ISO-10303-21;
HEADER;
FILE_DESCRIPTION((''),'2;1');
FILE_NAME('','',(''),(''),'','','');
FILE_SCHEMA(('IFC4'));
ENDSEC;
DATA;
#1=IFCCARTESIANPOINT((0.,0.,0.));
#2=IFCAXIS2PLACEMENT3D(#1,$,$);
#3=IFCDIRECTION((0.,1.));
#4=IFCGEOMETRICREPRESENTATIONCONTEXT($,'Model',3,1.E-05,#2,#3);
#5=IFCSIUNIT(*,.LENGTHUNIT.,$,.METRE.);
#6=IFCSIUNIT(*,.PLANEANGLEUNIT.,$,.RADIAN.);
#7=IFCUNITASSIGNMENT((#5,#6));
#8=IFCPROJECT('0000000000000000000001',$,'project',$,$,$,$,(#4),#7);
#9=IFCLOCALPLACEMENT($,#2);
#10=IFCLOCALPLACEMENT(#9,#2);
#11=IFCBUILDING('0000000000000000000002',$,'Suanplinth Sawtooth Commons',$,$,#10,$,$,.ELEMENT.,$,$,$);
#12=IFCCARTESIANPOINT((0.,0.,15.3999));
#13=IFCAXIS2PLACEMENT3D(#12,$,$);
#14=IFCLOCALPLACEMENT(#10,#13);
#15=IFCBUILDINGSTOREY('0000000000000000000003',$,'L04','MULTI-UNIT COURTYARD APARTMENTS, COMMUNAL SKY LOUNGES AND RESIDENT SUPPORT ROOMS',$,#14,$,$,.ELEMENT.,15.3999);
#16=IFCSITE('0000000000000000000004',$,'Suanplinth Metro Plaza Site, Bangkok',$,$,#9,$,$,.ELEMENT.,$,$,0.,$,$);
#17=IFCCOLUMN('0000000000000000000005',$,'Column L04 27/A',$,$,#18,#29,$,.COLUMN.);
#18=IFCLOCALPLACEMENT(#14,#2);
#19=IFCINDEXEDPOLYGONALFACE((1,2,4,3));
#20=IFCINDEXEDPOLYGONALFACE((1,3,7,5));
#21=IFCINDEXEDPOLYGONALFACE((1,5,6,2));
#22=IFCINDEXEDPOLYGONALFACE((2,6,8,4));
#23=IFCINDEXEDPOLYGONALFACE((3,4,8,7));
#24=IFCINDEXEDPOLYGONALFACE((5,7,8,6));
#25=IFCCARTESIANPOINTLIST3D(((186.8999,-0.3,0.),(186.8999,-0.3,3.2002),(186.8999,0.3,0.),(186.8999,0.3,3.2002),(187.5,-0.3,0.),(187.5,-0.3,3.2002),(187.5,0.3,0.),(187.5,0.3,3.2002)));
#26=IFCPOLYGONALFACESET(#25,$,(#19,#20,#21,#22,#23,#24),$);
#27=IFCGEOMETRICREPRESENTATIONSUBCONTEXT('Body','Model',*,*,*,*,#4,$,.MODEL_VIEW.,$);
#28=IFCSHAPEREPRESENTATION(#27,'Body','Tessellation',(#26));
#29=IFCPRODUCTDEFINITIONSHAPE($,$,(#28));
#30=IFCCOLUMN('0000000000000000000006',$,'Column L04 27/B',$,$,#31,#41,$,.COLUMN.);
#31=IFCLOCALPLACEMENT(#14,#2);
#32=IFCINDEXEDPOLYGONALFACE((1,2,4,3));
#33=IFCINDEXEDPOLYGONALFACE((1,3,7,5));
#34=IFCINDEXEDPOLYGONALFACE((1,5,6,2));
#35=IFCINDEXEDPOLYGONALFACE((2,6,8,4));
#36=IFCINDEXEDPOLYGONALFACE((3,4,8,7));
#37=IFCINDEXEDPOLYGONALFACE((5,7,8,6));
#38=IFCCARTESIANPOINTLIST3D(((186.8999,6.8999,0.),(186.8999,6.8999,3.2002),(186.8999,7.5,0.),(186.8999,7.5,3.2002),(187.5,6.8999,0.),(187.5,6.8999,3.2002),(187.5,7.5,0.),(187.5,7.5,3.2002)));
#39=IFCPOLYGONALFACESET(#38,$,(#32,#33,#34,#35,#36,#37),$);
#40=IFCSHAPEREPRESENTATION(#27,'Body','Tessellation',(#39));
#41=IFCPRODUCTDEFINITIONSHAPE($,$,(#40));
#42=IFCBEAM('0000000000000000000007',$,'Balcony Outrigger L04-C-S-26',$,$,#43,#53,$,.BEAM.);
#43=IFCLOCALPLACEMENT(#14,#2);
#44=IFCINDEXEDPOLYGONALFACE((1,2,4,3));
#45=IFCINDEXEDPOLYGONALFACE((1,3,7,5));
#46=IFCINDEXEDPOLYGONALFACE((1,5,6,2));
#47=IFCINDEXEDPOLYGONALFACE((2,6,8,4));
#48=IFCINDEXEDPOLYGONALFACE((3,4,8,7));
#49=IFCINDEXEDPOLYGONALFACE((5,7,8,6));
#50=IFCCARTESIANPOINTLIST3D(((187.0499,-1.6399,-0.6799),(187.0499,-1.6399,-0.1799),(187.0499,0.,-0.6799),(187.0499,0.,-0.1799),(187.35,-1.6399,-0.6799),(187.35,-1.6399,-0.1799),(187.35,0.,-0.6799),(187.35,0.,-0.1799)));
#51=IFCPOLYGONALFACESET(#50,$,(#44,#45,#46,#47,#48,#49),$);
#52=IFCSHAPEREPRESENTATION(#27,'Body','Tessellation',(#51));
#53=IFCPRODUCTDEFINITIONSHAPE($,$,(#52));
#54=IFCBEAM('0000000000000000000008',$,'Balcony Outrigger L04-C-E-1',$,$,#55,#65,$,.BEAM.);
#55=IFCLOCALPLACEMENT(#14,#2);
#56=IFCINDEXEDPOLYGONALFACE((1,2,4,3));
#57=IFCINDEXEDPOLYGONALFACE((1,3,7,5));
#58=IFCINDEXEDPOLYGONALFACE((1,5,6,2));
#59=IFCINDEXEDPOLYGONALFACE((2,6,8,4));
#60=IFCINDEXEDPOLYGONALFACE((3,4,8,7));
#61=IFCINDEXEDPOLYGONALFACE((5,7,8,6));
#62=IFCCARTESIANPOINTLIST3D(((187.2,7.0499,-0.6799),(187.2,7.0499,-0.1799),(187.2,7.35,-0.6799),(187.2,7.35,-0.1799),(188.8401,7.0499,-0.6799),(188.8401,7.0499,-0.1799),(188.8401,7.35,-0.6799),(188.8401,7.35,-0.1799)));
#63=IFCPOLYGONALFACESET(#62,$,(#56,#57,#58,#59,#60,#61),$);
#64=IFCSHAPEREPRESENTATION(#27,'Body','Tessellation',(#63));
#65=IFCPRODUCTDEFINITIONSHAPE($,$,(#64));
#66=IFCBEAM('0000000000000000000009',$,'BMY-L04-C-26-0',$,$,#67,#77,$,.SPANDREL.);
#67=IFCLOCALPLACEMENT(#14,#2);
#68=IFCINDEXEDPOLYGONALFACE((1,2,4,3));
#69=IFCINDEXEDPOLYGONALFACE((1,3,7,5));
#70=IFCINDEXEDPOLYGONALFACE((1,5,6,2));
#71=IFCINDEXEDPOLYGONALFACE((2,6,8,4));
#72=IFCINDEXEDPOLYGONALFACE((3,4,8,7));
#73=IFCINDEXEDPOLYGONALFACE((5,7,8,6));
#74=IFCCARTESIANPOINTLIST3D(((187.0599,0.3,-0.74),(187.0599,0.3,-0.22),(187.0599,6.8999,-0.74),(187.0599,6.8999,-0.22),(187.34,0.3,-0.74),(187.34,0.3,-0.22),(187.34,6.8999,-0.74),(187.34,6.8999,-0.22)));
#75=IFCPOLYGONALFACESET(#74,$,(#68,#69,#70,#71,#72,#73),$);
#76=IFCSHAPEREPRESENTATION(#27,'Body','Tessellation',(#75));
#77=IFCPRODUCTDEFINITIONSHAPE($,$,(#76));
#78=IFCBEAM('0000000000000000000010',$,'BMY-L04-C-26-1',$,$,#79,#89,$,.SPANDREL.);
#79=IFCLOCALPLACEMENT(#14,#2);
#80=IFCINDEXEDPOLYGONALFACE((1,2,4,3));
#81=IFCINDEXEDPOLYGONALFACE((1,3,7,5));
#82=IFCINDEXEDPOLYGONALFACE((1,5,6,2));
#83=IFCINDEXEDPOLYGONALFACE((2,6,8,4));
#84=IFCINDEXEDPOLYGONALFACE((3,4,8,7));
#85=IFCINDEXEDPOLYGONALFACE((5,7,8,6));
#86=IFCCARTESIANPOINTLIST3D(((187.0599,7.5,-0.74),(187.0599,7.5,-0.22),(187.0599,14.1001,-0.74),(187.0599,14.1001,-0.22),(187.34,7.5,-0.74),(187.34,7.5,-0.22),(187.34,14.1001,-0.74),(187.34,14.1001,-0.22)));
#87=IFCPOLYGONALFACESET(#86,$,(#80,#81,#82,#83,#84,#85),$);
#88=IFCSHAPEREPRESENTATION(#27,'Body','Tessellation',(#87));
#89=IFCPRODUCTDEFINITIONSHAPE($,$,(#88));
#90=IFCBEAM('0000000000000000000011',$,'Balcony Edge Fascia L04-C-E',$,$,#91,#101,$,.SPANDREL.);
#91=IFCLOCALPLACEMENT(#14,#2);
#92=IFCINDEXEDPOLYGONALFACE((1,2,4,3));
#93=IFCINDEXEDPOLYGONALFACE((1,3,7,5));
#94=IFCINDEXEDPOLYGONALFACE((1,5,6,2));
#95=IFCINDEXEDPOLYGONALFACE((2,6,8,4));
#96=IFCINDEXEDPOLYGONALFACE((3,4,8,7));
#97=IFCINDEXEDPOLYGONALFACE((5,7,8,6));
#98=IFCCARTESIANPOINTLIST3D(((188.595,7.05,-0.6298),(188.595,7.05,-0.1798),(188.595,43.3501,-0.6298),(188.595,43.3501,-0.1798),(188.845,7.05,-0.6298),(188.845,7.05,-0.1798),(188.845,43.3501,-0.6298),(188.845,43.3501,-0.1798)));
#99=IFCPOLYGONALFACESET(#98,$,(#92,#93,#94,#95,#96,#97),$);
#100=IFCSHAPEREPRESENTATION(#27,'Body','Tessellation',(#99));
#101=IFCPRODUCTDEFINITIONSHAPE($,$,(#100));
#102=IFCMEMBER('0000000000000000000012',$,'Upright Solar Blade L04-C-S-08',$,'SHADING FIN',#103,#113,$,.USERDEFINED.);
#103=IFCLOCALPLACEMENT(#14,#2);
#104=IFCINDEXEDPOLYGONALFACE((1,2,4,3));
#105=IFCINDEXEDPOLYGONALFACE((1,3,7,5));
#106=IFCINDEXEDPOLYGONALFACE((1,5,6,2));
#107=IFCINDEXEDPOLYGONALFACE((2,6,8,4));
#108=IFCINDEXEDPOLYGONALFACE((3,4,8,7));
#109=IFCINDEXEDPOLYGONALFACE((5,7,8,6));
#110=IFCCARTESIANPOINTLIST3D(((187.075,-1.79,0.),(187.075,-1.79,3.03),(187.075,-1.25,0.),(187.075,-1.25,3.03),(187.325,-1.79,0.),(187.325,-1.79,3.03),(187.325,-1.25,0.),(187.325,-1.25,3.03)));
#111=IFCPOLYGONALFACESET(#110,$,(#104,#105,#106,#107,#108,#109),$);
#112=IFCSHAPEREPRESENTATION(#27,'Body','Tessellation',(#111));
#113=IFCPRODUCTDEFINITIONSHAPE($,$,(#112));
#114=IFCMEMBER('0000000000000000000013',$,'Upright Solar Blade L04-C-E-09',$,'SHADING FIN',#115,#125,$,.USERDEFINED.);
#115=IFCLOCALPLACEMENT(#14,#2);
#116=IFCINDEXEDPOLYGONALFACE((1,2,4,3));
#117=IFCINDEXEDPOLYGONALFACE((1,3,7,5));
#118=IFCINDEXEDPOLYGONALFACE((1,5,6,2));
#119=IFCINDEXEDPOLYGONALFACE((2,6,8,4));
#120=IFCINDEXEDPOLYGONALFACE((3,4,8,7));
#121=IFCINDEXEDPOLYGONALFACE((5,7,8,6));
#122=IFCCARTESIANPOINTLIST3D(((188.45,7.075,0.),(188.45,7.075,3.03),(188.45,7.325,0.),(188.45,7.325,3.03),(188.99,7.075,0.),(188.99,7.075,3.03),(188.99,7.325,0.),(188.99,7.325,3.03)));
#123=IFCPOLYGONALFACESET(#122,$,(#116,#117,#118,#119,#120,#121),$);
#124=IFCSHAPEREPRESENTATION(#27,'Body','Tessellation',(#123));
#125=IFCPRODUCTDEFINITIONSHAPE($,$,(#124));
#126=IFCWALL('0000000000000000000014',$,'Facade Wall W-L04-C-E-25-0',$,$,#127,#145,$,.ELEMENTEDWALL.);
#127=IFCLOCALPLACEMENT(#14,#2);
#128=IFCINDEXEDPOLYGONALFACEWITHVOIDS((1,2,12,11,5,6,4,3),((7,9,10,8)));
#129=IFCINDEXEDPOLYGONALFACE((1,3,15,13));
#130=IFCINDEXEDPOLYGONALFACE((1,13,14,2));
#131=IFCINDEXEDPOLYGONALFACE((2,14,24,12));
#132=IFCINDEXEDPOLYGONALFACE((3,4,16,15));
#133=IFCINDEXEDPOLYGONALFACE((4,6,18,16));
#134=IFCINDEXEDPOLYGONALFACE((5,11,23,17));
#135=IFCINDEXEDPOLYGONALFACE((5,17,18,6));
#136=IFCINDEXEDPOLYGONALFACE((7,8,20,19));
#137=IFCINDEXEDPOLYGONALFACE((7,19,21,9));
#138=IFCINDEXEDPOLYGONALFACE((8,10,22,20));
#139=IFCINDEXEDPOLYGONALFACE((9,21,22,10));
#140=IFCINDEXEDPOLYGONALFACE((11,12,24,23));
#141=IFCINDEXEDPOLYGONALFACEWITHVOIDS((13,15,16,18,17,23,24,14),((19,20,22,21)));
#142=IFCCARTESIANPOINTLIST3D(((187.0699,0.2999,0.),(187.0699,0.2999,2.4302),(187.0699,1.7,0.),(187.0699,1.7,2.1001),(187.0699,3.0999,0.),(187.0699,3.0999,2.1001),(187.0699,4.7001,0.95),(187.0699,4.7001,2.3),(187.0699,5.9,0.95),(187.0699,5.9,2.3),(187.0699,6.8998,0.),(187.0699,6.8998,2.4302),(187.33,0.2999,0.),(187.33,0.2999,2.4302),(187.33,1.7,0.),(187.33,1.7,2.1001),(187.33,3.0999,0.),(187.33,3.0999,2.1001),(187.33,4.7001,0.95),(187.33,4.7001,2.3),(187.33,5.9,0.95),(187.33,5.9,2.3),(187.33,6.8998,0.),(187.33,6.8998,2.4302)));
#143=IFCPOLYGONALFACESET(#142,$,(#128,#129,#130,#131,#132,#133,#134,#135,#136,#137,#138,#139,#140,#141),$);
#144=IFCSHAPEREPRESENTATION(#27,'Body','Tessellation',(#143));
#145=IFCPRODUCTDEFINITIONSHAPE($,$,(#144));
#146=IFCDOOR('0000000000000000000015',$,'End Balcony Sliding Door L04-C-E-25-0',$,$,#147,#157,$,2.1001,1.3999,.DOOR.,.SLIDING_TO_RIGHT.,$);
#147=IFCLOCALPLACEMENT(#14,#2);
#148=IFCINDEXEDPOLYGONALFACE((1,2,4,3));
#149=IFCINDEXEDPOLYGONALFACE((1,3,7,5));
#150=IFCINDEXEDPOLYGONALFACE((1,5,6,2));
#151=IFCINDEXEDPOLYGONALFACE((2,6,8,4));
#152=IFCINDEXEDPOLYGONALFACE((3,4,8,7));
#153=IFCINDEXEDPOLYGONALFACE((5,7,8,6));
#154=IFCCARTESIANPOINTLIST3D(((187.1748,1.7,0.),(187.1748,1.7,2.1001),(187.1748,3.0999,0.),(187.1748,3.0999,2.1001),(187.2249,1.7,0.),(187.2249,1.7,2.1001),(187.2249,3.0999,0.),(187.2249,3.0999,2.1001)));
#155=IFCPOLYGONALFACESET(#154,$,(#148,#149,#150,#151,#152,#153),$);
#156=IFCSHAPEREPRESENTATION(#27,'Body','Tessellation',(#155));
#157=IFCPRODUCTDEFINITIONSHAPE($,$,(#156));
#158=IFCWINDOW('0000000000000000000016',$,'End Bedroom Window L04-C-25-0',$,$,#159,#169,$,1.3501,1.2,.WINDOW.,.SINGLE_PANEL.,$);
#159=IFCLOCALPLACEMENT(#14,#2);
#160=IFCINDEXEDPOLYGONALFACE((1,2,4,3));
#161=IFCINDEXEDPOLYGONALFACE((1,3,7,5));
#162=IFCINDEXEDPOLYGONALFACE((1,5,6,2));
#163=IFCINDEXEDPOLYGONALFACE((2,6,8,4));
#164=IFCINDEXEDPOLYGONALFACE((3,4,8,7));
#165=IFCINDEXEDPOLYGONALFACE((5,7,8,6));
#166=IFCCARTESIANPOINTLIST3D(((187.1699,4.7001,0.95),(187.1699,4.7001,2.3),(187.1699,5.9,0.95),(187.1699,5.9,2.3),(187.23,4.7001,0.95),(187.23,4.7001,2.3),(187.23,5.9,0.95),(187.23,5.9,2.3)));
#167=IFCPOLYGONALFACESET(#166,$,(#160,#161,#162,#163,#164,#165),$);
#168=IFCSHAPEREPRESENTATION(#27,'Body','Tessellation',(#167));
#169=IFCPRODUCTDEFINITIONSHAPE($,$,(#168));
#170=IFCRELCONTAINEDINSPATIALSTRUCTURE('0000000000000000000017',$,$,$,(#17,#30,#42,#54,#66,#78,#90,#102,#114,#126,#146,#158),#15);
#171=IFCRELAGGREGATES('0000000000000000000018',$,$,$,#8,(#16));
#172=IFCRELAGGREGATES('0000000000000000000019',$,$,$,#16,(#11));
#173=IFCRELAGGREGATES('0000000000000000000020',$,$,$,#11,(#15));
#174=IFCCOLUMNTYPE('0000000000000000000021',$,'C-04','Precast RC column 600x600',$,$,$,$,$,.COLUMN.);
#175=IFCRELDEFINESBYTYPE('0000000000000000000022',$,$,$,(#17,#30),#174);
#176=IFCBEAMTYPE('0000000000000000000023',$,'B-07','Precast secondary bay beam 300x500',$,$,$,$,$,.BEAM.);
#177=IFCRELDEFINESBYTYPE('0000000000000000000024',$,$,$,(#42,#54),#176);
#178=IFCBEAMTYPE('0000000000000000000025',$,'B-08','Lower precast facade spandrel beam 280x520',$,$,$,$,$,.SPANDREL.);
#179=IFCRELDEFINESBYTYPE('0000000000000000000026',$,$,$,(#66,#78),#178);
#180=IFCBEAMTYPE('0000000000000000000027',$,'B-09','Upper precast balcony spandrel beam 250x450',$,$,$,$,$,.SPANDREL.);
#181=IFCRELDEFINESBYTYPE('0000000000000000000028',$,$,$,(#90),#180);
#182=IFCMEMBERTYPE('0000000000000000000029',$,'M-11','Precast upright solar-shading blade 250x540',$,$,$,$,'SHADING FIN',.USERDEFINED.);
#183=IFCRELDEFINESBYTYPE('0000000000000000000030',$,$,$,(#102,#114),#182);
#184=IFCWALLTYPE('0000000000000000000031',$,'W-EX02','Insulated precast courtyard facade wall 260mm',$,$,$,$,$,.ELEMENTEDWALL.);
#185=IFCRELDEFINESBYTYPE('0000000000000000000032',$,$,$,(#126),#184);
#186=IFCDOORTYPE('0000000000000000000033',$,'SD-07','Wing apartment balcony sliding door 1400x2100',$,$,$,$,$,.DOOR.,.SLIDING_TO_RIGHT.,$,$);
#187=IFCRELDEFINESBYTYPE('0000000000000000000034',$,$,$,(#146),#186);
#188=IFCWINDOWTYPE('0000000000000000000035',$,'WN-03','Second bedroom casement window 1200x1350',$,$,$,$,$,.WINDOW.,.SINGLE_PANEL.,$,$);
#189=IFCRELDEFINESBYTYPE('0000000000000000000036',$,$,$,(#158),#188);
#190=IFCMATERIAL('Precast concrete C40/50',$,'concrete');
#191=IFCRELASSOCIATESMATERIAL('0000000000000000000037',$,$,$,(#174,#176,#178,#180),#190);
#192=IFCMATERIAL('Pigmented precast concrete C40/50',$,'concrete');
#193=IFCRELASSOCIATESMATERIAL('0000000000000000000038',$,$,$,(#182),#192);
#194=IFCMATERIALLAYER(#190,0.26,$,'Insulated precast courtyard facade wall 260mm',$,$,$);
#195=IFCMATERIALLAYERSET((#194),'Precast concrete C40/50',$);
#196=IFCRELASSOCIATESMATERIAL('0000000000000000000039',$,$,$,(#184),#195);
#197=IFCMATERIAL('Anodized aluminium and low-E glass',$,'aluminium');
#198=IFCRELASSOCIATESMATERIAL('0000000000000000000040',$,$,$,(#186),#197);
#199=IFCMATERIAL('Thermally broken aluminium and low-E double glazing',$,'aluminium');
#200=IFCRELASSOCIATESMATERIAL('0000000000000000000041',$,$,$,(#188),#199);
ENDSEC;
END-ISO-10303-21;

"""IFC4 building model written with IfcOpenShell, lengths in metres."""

from ifc_helpers import new_model, si_unit, direction, frame, frame_2d, origin, origin_2d, place, context, subcontext, project, spatial, rectangle, extrude, material, layer, layer_set, material_profile, profile_set, type_object, element, fill, save


model = new_model("IFC4")

# Units and contexts
model_context = context("Model", 3, precision=1e-05, world=origin(), true_north=direction((0.0, 1.0)))
body_context = subcontext(model_context, "Body", "Model", "MODEL_VIEW")
ifc_project = project(units=[si_unit("LENGTHUNIT", "METRE"), si_unit("PLANEANGLEUNIT", "RADIAN")], contexts=[model_context])

# Site, building, storey
site_placement = place(None, origin())
site = spatial("IfcSite", under=ifc_project, at=site_placement, Name="Suanplinth Metro Plaza Site, Bangkok", CompositionType="ELEMENT", RefElevation=0.0)
building_placement = place(site_placement, origin())
building = spatial("IfcBuilding", under=site, at=building_placement, Name="Suanplinth Sawtooth Commons", CompositionType="ELEMENT")
storey_placement = place(building_placement, frame((0.0, 0.0, 15.3999)))
storey = spatial("IfcBuildingStorey", under=building, at=storey_placement, Name="L04", Description="MULTI-UNIT COURTYARD APARTMENTS, COMMUNAL SKY LOUNGES AND RESIDENT SUPPORT ROOMS", CompositionType="ELEMENT", Elevation=15.3999)

# Columns
ifc_material_1 = material(Name="Precast concrete C40/50", Category="concrete")
ifc_material_profile_1 = material_profile(ifc_material_1, rectangle(XDim=0.6001, YDim=0.6001, at=origin_2d()), Name="PC-COL 600x600")
ifc_profile_set_1 = profile_set([ifc_material_profile_1], Name="Precast concrete C40/50")
column_type = type_object("IfcColumnType", Name="C-04", Description="Precast RC column 600x600", PredefinedType="COLUMN", material=ifc_profile_set_1)
for number, where, z_axis, x_axis, name in (
    (1, (187.2, 0.0, 0.0), (0.0, 0.0, 1.0), (1.0, 0.0, 0.0), "Column L04 27/A"),
    (2, (187.2, 7.2, 0.0), (0.0, 0.0, 1.0), (1.0, 0.0, 0.0), "Column L04 27/B"),
):
    element("IfcColumn", number, at=place(storey_placement, frame(where, z_axis=z_axis, x_axis=x_axis)), inside=storey, type_object=column_type, Name=name, PredefinedType="COLUMN", context=body_context, shape_type="SweptSolid", body=[
        extrude(rectangle(XDim=0.6001, YDim=0.6001, at=origin_2d()), origin(), (0.0, 0.0, 1.0), 3.2002),
    ])

# Beams
ifc_material_profile_2 = material_profile(ifc_material_1, rectangle(XDim=0.3, YDim=0.5, at=origin_2d()), Name="PC-BM 300x500")
ifc_profile_set_2 = profile_set([ifc_material_profile_2], Name="Precast concrete C40/50")
beam_type_1 = type_object("IfcBeamType", Name="B-07", Description="Precast secondary bay beam 300x500", PredefinedType="BEAM", material=ifc_profile_set_2)
beam_1_placement = place(storey_placement, frame((187.2, 0.0, -0.4299), z_axis=(0.0, -1.0, 0.0), x_axis=(1.0, 0.0, 0.0)))
element("IfcBeam", 3, at=beam_1_placement, inside=storey, type_object=beam_type_1, Name="Balcony Outrigger L04-C-S-26", PredefinedType="BEAM", context=body_context, shape_type="SweptSolid", body=[
    extrude(rectangle(XDim=0.3, YDim=0.5, at=origin_2d()), origin(), (0.0, 0.0, 1.0), 1.6399),
])
beam_2_placement = place(storey_placement, frame((187.2, 7.2, -0.4299), z_axis=(1.0, 0.0, 0.0), x_axis=(0.0, 1.0, 0.0)))
element("IfcBeam", 4, at=beam_2_placement, inside=storey, type_object=beam_type_1, Name="Balcony Outrigger L04-C-E-1", PredefinedType="BEAM", context=body_context, shape_type="SweptSolid", body=[
    extrude(rectangle(XDim=0.3, YDim=0.5, at=origin_2d()), origin(), (0.0, 0.0, 1.0), 1.6401),
])
ifc_material_profile_3 = material_profile(ifc_material_1, rectangle(XDim=0.28, YDim=0.52, at=origin_2d()), Name="PC-SP 280x520")
ifc_profile_set_3 = profile_set([ifc_material_profile_3], Name="Precast concrete C40/50")
beam_type_2 = type_object("IfcBeamType", Name="B-08", Description="Lower precast facade spandrel beam 280x520", PredefinedType="SPANDREL", material=ifc_profile_set_3)
beam_3_placement = place(storey_placement, frame((187.2, 0.3, -0.48), z_axis=(0.0, 1.0, 0.0), x_axis=(-1.0, 0.0, 0.0)))
element("IfcBeam", 5, at=beam_3_placement, inside=storey, type_object=beam_type_2, Name="BMY-L04-C-26-0", PredefinedType="SPANDREL", context=body_context, shape_type="SweptSolid", body=[
    extrude(rectangle(XDim=0.28, YDim=0.52, at=origin_2d()), origin(), (0.0, 0.0, 1.0), 6.5999),
])
beam_4_placement = place(storey_placement, frame((187.2, 7.5, -0.48), z_axis=(0.0, 1.0, 0.0), x_axis=(-1.0, 0.0, 0.0)))
element("IfcBeam", 6, at=beam_4_placement, inside=storey, type_object=beam_type_2, Name="BMY-L04-C-26-1", PredefinedType="SPANDREL", context=body_context, shape_type="SweptSolid", body=[
    extrude(rectangle(XDim=0.28, YDim=0.52, at=origin_2d()), origin(), (0.0, 0.0, 1.0), 6.6001),
])
ifc_material_profile_4 = material_profile(ifc_material_1, rectangle(XDim=0.25, YDim=0.45, at=origin_2d()), Name="PC-SP 250x450")
ifc_profile_set_4 = profile_set([ifc_material_profile_4], Name="Precast concrete C40/50")
beam_type_3 = type_object("IfcBeamType", Name="B-09", Description="Upper precast balcony spandrel beam 250x450", PredefinedType="SPANDREL", material=ifc_profile_set_4)
beam_5_placement = place(storey_placement, frame((188.72, 7.05, -0.4048), z_axis=(0.0, 1.0, 0.0), x_axis=(-1.0, 0.0, 0.0)))
element("IfcBeam", 7, at=beam_5_placement, inside=storey, type_object=beam_type_3, Name="Balcony Edge Fascia L04-C-E", PredefinedType="SPANDREL", context=body_context, shape_type="SweptSolid", body=[
    extrude(rectangle(XDim=0.25, YDim=0.45, at=origin_2d()), origin(), (0.0, 0.0, 1.0), 36.3),
])

# Members
ifc_material_2 = material(Name="Pigmented precast concrete C40/50", Category="concrete")
ifc_material_profile_5 = material_profile(ifc_material_2, rectangle(XDim=0.25, YDim=0.54, at=origin_2d()), Name="PC-FIN 250x540")
ifc_profile_set_5 = profile_set([ifc_material_profile_5], Name="Pigmented precast concrete C40/50")
member_type = type_object("IfcMemberType", Name="M-11", Description="Precast upright solar-shading blade 250x540", ElementType="SHADING FIN", PredefinedType="USERDEFINED", material=ifc_profile_set_5)
for number, where, z_axis, x_axis, name in (
    (8, (187.2, -1.52, 0.0), (0.0, 0.0, 1.0), (1.0, 0.0, 0.0), "Upright Solar Blade L04-C-S-08"),
    (9, (188.72, 7.2, 0.0), (0.0, 0.0, 1.0), (0.0, 1.0, 0.0), "Upright Solar Blade L04-C-E-09"),
):
    element("IfcMember", number, at=place(storey_placement, frame(where, z_axis=z_axis, x_axis=x_axis)), inside=storey, type_object=member_type, Name=name, ObjectType="SHADING FIN", PredefinedType="USERDEFINED", context=body_context, shape_type="SweptSolid", body=[
        extrude(rectangle(XDim=0.25, YDim=0.54, at=origin_2d()), origin(), (0.0, 0.0, 1.0), 3.03),
    ])

# Wall, openings, door, window
ifc_layer_1 = layer(ifc_material_1, 0.26, Name="Insulated precast courtyard facade wall 260mm")
ifc_layer_set_1 = layer_set([ifc_layer_1], Name="Precast concrete C40/50")
wall_type_1 = type_object("IfcWallType", Name="W-EX02", Description="Insulated precast courtyard facade wall 260mm", PredefinedType="ELEMENTEDWALL", material=ifc_layer_set_1)
wall_1_placement = place(storey_placement, frame((187.2, 0.3, 0.0), z_axis=(0.0, 0.0, 1.0), x_axis=(0.0, 1.0, 0.0)))
wall_1 = element("IfcWall", 10, at=wall_1_placement, inside=storey, type_object=wall_type_1, Name="Facade Wall W-L04-C-E-25-0", PredefinedType="ELEMENTEDWALL", context=body_context, shape_type="SweptSolid", body=[
    extrude(rectangle(XDim=6.5999, YDim=0.26, at=frame_2d((3.2998, 0.0))), origin(), (0.0, 0.0, 1.0), 2.4302),
])
opening_1_placement = place(wall_1_placement, frame((1.3999, 0.0, 0.0)))
opening_1 = element("IfcOpeningElement", 11, at=opening_1_placement, cuts=wall_1, PredefinedType="OPENING", context=body_context, shape_type="SweptSolid", body=[
    extrude(rectangle(XDim=1.3999, YDim=2.1001, at=frame_2d((0.7, 1.05))), frame((0.0, 0.145, 0.0), z_axis=(0.0, -1.0, 0.0), x_axis=(1.0, 0.0, 0.0)), (0.0, 0.0, 1.0), 0.2898),
])
opening_2_placement = place(wall_1_placement, frame((4.3999, 0.0, 0.95)))
opening_2 = element("IfcOpeningElement", 12, at=opening_2_placement, cuts=wall_1, PredefinedType="OPENING", context=body_context, shape_type="SweptSolid", body=[
    extrude(rectangle(XDim=1.2, YDim=1.3501, at=frame_2d((0.6001, 0.675))), frame((0.0, 0.145, 0.0), z_axis=(0.0, -1.0, 0.0), x_axis=(1.0, 0.0, 0.0)), (0.0, 0.0, 1.0), 0.2898),
])
ifc_material_3 = material(Name="Anodized aluminium and low-E glass", Category="aluminium")
door_type_1 = type_object("IfcDoorType", Name="SD-07", Description="Wing apartment balcony sliding door 1400x2100", OperationType="SLIDING_TO_RIGHT", PredefinedType="DOOR", material=ifc_material_3)
door_1_placement = place(opening_1_placement, frame((1.3999, 0.0, 0.0), z_axis=(0.0, 0.0, 1.0), x_axis=(-1.0, 0.0, 0.0)))
door_1 = element("IfcDoor", 13, at=door_1_placement, inside=storey, type_object=door_type_1, Name="End Balcony Sliding Door L04-C-E-25-0", OperationType="SLIDING_TO_RIGHT", OverallHeight=2.1001, OverallWidth=1.3999, PredefinedType="DOOR", context=body_context, shape_type="SweptSolid", body=[
    extrude(rectangle(XDim=1.3999, YDim=2.1001, at=frame_2d((0.7, 1.05))), frame((0.0, 0.0249, 0.0), z_axis=(0.0, -1.0, 0.0), x_axis=(1.0, 0.0, 0.0)), (0.0, 0.0, 1.0), 0.05),
])
fill(opening_1, door_1)
ifc_material_4 = material(Name="Thermally broken aluminium and low-E double glazing", Category="aluminium")
window_type = type_object("IfcWindowType", Name="WN-03", Description="Second bedroom casement window 1200x1350", PartitioningType="SINGLE_PANEL", PredefinedType="WINDOW", material=ifc_material_4)
window_placement = place(opening_2_placement, origin())
window = element("IfcWindow", 14, at=window_placement, inside=storey, type_object=window_type, Name="End Bedroom Window L04-C-25-0", OverallHeight=1.3501, OverallWidth=1.2, PartitioningType="SINGLE_PANEL", PredefinedType="WINDOW", context=body_context, shape_type="SweptSolid", body=[
    extrude(rectangle(XDim=1.2, YDim=1.3501, at=frame_2d((0.6001, 0.675))), frame((0.0, 0.03, 0.0), z_axis=(0.0, -1.0, 0.0), x_axis=(1.0, 0.0, 0.0)), (0.0, 0.0, 1.0), 0.0601),
])
fill(opening_2, window)

save(model, "model.ifc")
